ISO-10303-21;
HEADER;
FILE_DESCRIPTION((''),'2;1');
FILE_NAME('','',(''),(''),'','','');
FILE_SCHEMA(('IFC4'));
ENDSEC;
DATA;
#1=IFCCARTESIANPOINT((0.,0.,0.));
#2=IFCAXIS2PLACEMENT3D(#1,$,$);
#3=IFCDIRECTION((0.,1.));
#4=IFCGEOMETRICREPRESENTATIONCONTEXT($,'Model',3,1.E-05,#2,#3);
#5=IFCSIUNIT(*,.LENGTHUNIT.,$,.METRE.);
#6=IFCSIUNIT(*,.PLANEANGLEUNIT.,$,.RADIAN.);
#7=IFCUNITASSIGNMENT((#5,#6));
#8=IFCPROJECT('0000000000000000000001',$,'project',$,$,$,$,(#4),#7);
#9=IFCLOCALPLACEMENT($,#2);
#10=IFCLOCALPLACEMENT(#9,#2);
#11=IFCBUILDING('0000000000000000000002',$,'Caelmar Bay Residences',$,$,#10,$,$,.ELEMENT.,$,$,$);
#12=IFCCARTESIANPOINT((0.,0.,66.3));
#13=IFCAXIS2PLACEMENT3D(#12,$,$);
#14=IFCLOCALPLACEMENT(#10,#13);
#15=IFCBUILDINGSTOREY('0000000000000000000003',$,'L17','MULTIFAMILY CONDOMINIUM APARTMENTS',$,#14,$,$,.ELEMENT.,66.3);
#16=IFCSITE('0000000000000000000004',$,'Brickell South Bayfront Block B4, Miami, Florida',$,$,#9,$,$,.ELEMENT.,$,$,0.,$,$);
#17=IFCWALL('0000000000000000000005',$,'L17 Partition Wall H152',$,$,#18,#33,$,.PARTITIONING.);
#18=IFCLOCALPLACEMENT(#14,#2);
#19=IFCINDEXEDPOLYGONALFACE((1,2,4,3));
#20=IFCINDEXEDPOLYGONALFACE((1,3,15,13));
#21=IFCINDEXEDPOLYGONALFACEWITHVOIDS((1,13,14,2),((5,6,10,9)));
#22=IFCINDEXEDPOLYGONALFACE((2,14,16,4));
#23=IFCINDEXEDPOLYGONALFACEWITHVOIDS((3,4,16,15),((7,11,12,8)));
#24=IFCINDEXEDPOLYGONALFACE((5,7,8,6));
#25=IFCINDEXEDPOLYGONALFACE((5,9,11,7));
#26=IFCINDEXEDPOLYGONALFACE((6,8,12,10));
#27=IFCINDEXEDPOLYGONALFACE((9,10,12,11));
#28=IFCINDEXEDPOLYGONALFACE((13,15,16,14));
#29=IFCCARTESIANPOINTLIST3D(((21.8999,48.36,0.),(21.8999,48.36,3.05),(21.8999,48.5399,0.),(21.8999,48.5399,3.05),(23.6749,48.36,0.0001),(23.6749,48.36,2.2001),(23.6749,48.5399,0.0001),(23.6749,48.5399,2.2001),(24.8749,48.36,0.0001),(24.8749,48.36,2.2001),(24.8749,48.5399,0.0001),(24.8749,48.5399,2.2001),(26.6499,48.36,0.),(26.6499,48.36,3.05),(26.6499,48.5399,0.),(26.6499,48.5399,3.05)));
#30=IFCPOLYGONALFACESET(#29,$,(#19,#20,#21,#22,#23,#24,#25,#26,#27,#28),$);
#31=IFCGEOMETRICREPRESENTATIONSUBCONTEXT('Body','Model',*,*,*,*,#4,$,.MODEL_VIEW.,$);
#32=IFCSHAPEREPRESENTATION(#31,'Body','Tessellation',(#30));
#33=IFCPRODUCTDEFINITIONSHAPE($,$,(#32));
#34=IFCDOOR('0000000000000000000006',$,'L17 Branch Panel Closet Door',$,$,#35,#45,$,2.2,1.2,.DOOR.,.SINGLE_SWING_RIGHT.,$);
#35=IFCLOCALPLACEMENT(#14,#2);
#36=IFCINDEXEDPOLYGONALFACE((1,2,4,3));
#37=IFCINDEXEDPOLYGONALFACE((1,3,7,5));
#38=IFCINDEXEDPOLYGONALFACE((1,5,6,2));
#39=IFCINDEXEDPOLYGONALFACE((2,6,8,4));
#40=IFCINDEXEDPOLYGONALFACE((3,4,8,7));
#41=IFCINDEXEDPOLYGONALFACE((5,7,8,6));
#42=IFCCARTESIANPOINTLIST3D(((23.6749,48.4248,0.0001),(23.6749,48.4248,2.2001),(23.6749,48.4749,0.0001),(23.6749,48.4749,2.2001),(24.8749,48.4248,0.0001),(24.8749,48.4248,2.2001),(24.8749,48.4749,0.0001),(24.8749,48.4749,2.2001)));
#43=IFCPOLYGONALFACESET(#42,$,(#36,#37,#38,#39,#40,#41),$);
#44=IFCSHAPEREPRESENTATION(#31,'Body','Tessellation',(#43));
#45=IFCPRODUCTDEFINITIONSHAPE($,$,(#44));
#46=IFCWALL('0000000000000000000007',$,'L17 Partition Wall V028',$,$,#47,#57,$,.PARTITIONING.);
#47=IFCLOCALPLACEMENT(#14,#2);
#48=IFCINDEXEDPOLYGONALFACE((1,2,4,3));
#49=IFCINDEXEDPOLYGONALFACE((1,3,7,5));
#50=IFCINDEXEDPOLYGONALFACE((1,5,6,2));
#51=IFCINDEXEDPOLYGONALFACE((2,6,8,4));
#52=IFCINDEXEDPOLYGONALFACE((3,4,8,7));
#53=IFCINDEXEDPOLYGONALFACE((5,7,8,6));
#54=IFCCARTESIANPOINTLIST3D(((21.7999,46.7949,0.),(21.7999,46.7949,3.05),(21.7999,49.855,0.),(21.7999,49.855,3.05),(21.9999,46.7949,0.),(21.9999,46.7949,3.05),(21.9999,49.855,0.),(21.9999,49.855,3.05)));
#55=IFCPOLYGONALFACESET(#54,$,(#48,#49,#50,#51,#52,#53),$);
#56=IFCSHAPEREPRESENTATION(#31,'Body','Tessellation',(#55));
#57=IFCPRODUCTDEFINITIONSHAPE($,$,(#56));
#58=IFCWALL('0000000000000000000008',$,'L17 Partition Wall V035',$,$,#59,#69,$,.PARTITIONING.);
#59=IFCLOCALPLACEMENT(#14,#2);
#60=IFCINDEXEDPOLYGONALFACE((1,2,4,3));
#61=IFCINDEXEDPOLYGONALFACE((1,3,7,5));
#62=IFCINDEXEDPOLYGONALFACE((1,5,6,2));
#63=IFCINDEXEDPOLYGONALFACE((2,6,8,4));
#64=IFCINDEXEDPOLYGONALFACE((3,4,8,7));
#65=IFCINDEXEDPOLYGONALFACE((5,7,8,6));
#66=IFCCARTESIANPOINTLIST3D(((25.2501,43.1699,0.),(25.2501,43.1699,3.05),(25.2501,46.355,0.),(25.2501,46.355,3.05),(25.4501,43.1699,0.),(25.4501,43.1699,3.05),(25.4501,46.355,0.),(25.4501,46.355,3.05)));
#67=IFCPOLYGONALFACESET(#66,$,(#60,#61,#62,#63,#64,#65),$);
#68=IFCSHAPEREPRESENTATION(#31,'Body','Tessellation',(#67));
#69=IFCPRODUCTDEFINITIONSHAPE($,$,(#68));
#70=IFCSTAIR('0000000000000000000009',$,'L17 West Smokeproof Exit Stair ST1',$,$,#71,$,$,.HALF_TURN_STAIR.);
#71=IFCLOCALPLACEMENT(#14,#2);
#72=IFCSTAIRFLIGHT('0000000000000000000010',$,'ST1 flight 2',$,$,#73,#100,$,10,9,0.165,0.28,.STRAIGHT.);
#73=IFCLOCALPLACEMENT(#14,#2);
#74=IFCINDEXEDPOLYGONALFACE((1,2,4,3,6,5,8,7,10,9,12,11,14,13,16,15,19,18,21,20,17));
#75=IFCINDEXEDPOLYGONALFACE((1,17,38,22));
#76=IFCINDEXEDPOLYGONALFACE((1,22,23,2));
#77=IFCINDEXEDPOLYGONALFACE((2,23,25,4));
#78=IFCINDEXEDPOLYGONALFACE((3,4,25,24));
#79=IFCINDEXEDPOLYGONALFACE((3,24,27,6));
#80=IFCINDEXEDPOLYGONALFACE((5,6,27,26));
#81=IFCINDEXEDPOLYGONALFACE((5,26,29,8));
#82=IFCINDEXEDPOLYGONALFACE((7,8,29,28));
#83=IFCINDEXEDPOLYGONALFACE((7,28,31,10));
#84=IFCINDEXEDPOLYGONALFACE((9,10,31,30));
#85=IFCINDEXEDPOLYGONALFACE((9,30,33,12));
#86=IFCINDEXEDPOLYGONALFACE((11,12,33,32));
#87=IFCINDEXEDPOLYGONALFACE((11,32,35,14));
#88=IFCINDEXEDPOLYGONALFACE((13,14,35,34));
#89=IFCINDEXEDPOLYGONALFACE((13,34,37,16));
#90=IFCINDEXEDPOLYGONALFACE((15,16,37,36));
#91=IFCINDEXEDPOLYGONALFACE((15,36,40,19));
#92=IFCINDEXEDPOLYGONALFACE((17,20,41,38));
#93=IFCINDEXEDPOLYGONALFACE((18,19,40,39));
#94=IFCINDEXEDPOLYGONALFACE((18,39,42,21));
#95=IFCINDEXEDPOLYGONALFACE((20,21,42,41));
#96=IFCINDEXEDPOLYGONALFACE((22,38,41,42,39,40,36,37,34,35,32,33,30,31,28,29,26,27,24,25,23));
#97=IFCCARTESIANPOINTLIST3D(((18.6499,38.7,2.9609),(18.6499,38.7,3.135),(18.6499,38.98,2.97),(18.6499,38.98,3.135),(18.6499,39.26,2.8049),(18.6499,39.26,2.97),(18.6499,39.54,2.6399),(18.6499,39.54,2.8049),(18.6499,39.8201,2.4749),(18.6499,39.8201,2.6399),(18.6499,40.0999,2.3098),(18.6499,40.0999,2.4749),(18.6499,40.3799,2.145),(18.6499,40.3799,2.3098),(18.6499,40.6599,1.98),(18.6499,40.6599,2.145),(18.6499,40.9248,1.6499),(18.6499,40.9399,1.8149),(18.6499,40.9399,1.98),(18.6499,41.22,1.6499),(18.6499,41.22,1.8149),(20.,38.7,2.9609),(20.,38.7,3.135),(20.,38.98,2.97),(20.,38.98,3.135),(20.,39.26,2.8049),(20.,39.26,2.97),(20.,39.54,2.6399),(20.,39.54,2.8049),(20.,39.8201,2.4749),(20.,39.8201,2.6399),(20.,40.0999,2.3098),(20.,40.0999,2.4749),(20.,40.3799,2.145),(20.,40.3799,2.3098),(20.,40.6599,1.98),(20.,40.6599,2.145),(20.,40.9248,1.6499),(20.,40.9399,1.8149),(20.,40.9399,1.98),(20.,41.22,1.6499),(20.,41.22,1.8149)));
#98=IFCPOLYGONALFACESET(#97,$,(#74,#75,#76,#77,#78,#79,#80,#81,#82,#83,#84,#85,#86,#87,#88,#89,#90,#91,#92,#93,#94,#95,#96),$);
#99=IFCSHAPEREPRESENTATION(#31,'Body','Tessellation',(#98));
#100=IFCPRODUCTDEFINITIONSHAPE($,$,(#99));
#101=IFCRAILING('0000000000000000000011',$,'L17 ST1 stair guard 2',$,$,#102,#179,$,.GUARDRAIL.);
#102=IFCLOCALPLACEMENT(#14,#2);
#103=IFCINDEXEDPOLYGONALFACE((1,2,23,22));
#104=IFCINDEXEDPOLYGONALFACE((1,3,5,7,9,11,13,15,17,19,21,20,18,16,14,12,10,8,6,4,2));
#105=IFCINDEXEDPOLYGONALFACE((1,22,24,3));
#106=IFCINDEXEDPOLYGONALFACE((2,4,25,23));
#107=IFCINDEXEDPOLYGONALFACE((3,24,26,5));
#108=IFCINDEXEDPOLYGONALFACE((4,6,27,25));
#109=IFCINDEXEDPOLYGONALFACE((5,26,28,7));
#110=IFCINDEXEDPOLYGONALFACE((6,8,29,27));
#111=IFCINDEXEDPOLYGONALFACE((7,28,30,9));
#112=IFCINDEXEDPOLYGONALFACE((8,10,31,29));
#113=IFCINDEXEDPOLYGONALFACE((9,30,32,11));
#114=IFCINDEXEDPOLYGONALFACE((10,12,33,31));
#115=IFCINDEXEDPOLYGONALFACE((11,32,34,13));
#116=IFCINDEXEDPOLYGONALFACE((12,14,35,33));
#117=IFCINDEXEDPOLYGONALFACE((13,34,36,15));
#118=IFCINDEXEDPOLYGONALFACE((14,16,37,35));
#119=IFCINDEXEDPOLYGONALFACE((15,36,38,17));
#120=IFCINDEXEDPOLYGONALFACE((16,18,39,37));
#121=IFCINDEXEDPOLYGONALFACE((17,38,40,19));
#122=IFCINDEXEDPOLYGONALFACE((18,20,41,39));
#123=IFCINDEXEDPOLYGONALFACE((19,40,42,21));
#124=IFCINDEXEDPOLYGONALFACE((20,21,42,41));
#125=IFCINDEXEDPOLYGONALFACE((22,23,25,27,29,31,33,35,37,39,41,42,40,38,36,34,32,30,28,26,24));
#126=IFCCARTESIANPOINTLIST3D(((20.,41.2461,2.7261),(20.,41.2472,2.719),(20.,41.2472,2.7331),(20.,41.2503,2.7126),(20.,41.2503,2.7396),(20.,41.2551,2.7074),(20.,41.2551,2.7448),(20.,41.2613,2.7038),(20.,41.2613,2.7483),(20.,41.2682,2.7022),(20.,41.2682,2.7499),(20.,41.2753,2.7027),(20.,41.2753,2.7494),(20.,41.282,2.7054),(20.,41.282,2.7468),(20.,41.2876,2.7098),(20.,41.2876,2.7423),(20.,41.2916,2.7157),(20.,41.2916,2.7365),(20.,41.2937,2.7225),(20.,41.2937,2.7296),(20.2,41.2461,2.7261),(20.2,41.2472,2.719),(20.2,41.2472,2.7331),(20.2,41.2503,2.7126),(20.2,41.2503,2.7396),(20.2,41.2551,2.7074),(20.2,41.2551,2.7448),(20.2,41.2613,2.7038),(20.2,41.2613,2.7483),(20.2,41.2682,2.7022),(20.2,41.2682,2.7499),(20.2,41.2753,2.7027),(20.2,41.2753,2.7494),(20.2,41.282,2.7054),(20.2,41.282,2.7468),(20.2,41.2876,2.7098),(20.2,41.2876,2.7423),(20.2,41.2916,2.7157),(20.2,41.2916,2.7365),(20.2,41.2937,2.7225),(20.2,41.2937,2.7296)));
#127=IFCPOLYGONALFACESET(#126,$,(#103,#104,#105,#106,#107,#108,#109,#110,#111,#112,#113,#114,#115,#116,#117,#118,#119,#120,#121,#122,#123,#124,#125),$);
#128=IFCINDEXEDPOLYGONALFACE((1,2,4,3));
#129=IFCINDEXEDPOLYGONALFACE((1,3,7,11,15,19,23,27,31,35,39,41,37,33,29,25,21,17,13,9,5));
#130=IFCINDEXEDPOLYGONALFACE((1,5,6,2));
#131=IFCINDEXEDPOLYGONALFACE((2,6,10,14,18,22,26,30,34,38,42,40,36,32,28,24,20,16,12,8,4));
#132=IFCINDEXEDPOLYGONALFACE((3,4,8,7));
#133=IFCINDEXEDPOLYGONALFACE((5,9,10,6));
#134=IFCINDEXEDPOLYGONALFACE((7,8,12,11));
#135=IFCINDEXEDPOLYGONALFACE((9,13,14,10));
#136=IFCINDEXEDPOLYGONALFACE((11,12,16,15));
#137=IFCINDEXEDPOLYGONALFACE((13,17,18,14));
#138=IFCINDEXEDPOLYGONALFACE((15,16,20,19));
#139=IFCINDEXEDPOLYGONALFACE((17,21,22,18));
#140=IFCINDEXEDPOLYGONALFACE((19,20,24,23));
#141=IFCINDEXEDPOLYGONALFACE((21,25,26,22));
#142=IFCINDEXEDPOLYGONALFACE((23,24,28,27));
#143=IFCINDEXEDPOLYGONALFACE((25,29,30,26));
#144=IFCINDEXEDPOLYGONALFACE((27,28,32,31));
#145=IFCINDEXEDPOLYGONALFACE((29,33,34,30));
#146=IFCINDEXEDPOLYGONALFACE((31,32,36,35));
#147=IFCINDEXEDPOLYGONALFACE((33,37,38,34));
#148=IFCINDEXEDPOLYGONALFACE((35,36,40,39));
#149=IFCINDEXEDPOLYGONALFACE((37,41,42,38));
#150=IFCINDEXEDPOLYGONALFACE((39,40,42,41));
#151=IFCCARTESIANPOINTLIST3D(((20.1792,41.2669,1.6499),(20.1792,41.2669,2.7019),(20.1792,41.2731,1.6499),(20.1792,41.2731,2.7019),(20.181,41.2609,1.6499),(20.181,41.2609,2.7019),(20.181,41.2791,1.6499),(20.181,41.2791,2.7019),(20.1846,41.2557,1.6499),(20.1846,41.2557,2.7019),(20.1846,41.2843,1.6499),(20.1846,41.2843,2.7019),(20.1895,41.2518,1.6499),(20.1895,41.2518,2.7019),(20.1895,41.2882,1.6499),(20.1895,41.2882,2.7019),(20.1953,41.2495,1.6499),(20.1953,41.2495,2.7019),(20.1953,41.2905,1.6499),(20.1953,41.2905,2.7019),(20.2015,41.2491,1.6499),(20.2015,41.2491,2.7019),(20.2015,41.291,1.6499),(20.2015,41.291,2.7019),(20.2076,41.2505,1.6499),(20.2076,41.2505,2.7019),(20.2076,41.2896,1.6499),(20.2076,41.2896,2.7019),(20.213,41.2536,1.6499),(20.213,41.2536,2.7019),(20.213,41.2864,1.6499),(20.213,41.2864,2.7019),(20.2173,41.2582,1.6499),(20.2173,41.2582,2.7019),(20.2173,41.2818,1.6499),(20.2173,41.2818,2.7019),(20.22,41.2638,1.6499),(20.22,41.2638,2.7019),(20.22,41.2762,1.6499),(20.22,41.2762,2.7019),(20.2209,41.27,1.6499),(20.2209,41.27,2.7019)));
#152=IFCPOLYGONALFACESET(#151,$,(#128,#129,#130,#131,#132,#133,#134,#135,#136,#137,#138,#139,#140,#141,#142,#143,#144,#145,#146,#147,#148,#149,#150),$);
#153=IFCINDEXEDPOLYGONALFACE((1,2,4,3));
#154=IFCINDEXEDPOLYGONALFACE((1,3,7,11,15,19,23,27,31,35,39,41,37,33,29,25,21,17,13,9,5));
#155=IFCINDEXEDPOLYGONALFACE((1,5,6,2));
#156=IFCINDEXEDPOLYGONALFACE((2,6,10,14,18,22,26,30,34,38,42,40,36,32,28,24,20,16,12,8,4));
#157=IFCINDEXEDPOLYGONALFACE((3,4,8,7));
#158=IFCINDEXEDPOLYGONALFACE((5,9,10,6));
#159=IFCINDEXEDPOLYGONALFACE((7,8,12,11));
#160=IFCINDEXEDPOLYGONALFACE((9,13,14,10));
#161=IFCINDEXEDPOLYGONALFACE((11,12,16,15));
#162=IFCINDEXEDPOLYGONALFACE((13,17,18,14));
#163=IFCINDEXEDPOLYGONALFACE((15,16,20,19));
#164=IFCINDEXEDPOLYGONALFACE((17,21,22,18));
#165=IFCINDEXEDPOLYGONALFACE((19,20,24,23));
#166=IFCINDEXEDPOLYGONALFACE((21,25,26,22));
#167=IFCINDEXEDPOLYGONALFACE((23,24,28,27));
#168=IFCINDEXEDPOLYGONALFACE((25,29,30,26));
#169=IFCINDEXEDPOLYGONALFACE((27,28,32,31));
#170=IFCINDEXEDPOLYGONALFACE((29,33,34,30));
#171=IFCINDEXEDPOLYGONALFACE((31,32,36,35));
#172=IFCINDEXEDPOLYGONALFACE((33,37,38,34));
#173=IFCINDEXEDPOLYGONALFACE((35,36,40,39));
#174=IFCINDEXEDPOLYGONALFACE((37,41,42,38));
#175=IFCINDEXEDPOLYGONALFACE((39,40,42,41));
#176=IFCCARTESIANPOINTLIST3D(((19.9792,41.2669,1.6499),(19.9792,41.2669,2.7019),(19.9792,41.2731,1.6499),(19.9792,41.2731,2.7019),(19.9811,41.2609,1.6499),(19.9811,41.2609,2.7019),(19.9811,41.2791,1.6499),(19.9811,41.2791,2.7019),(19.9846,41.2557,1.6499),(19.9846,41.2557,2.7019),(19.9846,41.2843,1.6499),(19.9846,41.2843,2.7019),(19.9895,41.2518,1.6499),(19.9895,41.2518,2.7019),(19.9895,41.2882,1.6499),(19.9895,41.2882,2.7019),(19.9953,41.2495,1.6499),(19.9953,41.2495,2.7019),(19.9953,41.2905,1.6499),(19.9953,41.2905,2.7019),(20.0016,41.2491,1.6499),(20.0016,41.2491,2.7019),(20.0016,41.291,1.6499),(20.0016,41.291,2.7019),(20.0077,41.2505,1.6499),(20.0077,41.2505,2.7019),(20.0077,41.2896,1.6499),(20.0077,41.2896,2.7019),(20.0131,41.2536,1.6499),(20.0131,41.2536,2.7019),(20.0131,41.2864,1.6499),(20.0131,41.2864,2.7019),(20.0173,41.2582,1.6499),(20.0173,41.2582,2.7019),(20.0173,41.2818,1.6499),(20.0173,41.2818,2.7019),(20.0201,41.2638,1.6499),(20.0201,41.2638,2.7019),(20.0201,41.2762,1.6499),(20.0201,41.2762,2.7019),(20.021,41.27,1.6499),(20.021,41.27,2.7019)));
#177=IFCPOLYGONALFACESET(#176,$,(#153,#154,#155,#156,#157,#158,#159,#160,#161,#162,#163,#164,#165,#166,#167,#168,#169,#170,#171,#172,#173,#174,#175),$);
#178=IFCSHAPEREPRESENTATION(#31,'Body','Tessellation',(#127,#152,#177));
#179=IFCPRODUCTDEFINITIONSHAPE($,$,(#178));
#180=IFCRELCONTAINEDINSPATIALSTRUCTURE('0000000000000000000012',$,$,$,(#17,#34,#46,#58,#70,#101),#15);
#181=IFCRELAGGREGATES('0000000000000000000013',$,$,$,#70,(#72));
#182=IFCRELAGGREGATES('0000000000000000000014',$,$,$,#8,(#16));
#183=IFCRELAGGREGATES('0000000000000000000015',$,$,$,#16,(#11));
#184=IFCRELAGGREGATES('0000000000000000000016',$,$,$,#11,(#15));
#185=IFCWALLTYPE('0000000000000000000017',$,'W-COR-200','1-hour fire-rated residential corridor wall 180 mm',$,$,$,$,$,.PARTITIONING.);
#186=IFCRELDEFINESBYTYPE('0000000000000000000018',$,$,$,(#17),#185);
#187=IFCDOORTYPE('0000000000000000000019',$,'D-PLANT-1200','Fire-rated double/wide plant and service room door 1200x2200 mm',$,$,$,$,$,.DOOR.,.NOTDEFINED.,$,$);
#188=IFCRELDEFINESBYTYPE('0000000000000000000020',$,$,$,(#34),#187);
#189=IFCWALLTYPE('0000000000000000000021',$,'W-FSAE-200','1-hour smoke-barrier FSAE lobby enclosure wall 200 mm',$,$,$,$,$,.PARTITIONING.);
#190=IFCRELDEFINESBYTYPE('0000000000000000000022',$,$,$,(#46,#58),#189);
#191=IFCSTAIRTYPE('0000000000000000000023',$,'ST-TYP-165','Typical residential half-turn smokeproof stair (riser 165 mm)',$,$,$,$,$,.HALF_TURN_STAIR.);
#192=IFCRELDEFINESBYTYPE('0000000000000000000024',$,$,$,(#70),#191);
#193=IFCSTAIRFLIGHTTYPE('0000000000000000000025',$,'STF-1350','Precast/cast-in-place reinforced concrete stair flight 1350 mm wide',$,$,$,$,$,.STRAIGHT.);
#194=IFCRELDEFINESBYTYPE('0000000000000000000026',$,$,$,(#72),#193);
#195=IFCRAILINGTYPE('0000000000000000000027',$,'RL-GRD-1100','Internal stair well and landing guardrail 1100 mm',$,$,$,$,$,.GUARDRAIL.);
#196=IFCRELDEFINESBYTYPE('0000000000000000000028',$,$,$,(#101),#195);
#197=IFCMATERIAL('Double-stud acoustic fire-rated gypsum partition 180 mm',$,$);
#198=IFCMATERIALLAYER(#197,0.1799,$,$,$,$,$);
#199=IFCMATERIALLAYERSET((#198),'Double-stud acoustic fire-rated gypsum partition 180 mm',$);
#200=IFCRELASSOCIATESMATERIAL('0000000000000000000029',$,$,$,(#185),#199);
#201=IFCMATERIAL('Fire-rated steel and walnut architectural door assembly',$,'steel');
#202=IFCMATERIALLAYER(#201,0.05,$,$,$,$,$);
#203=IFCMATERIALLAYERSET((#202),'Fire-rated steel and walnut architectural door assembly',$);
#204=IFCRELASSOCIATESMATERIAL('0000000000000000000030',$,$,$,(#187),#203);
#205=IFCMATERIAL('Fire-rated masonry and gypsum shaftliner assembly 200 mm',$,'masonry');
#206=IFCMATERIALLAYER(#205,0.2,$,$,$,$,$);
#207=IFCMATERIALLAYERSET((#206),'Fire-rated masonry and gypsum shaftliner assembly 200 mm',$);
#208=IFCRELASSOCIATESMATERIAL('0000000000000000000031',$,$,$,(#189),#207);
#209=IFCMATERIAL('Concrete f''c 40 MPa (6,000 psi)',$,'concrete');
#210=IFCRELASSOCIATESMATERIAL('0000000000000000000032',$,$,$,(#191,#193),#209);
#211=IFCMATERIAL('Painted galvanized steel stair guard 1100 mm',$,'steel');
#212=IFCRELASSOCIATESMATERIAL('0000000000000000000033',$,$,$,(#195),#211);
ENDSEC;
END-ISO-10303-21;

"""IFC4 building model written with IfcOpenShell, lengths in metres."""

from ifc_helpers import new_model, si_unit, direction, frame, frame_2d, origin, origin_2d, place, context, subcontext, project, spatial, polyline, rectangle, circle, outline, extrude, material, layer, layer_set, type_object, element, fill, aggregate, save


model = new_model("IFC4")

# Units and contexts
model_context = context("Model", 3, precision=1e-05, world=origin(), true_north=direction((0.0, 1.0)))
body_context = subcontext(model_context, "Body", "Model", "MODEL_VIEW")
ifc_project = project(units=[si_unit("LENGTHUNIT", "METRE"), si_unit("PLANEANGLEUNIT", "RADIAN")], contexts=[model_context])

# Site, building, storey
site_placement = place(None, origin())
site = spatial("IfcSite", under=ifc_project, at=site_placement, Name="Brickell South Bayfront Block B4, Miami, Florida", CompositionType="ELEMENT", RefElevation=0.0)
building_placement = place(site_placement, origin())
building = spatial("IfcBuilding", under=site, at=building_placement, Name="Caelmar Bay Residences", CompositionType="ELEMENT")
storey_placement = place(building_placement, frame((0.0, 0.0, 66.3)))
storey = spatial("IfcBuildingStorey", under=building, at=storey_placement, Name="L17", Description="MULTIFAMILY CONDOMINIUM APARTMENTS", CompositionType="ELEMENT", Elevation=66.3)

# Shared definitions
ifc_material_1 = material(Name="Fire-rated steel and walnut architectural door assembly", Category="steel")

# Wall, opening, door
ifc_material_2 = material(Name="Double-stud acoustic fire-rated gypsum partition 180 mm")
ifc_layer_1 = layer(ifc_material_2, 0.1799)
ifc_layer_set_1 = layer_set([ifc_layer_1], Name="Double-stud acoustic fire-rated gypsum partition 180 mm")
wall_type_1 = type_object("IfcWallType", Name="W-COR-200", Description="1-hour fire-rated residential corridor wall 180 mm", PredefinedType="PARTITIONING", material=ifc_layer_set_1)
wall_1_placement = place(storey_placement, frame((21.8999, 48.45, 0.0), z_axis=(0.0, 0.0, 1.0), x_axis=(1.0, 0.0, 0.0)))
wall_1 = element("IfcWall", 1, at=wall_1_placement, inside=storey, type_object=wall_type_1, Name="L17 Partition Wall H152", PredefinedType="PARTITIONING", context=body_context, shape_type="SweptSolid", body=[
    extrude(rectangle(XDim=4.75, YDim=0.1799, at=frame_2d((2.375, 0.0))), origin(), (0.0, 0.0, 1.0), 3.05),
])
opening_1_placement = place(wall_1_placement, frame((1.7749, 0.0, 0.0)))
opening_1 = element("IfcOpeningElement", 2, at=opening_1_placement, cuts=wall_1, PredefinedType="OPENING", context=body_context, shape_type="SweptSolid", body=[
    extrude(rectangle(XDim=1.2, YDim=2.2, at=frame_2d((0.6001, 1.1001))), frame((0.0, 0.0999, 0.0), z_axis=(0.0, -1.0, 0.0), x_axis=(1.0, 0.0, 0.0)), (0.0, 0.0, 1.0), 0.2),
])
ifc_layer_2 = layer(ifc_material_1, 0.05)
ifc_layer_set_2 = layer_set([ifc_layer_2], Name="Fire-rated steel and walnut architectural door assembly")
door_type_1 = type_object("IfcDoorType", Name="D-PLANT-1200", Description="Fire-rated double/wide plant and service room door 1200x2200 mm", OperationType="NOTDEFINED", PredefinedType="DOOR", material=ifc_layer_set_2)
door_1_placement = place(opening_1_placement, origin())
door_1 = element("IfcDoor", 3, at=door_1_placement, inside=storey, type_object=door_type_1, Name="L17 Branch Panel Closet Door", OperationType="SINGLE_SWING_RIGHT", OverallHeight=2.2, OverallWidth=1.2, PredefinedType="DOOR", context=body_context, shape_type="SweptSolid", body=[
    extrude(rectangle(XDim=1.2, YDim=2.2, at=frame_2d((0.6001, 1.1001))), frame((0.0, 0.0249, 0.0), z_axis=(0.0, -1.0, 0.0), x_axis=(1.0, 0.0, 0.0)), (0.0, 0.0, 1.0), 0.05),
])
fill(opening_1, door_1)

# Walls
ifc_material_3 = material(Name="Fire-rated masonry and gypsum shaftliner assembly 200 mm", Category="masonry")
ifc_layer_3 = layer(ifc_material_3, 0.2)
ifc_layer_set_3 = layer_set([ifc_layer_3], Name="Fire-rated masonry and gypsum shaftliner assembly 200 mm")
wall_type_2 = type_object("IfcWallType", Name="W-FSAE-200", Description="1-hour smoke-barrier FSAE lobby enclosure wall 200 mm", PredefinedType="PARTITIONING", material=ifc_layer_set_3)
wall_2_placement = place(storey_placement, frame((21.8999, 46.7949, 0.0), z_axis=(0.0, 0.0, 1.0), x_axis=(0.0, 1.0, 0.0)))
element("IfcWall", 4, at=wall_2_placement, inside=storey, type_object=wall_type_2, Name="L17 Partition Wall V028", PredefinedType="PARTITIONING", context=body_context, shape_type="SweptSolid", body=[
    extrude(rectangle(XDim=3.0601, YDim=0.2, at=frame_2d((1.53, 0.0))), origin(), (0.0, 0.0, 1.0), 3.05),
])
wall_3_placement = place(storey_placement, frame((25.3501, 43.1699, 0.0), z_axis=(0.0, 0.0, 1.0), x_axis=(0.0, 1.0, 0.0)))
element("IfcWall", 5, at=wall_3_placement, inside=storey, type_object=wall_type_2, Name="L17 Partition Wall V035", PredefinedType="PARTITIONING", context=body_context, shape_type="SweptSolid", body=[
    extrude(rectangle(XDim=3.1851, YDim=0.2, at=frame_2d((1.5925, 0.0))), origin(), (0.0, 0.0, 1.0), 3.05),
])

# Stair, stair flight
ifc_material_4 = material(Name="Concrete f'c 40 MPa (6,000 psi)", Category="concrete")
stair_type = type_object("IfcStairType", Name="ST-TYP-165", Description="Typical residential half-turn smokeproof stair (riser 165 mm)", PredefinedType="HALF_TURN_STAIR", material=ifc_material_4)
stair_placement = place(storey_placement, origin())
stair = element("IfcStair", 6, at=stair_placement, inside=storey, type_object=stair_type, Name="L17 West Smokeproof Exit Stair ST1", PredefinedType="HALF_TURN_STAIR")
stair_flight_type = type_object("IfcStairFlightType", Name="STF-1350", Description="Precast/cast-in-place reinforced concrete stair flight 1350 mm wide", PredefinedType="STRAIGHT", material=ifc_material_4)
stair_flight_placement = place(storey_placement, frame((19.325, 41.22, 1.6499), z_axis=(0.0, 0.0, 1.0), x_axis=(0.0, -1.0, 0.0)))
stair_flight = element("IfcStairFlight", 7, at=stair_flight_placement, type_object=stair_flight_type, Name="ST1 flight 2", NumberOfRisers=10, NumberOfTreads=9, PredefinedType="STRAIGHT", RiserHeight=0.165, TreadLength=0.28, context=body_context, shape_type="SweptSolid", body=[
    extrude(outline(polyline([(0.0, 0.0), (0.0, 0.165), (0.28, 0.165), (0.28, 0.3301), (0.5601, 0.3301), (0.5601, 0.4951), (0.8401, 0.4951), (0.8401, 0.6599), (1.1201, 0.6599), (1.1201, 0.825), (1.3999, 0.825), (1.3999, 0.99), (1.6799, 0.99), (1.6799, 1.155), (1.96, 1.155), (1.96, 1.3201), (2.24, 1.3201), (2.24, 1.4851), (2.52, 1.4851), (2.52, 1.6499), (2.52, 1.311), (0.2952, 0.0), (0.0, 0.0)])), frame((0.0, 0.675, 0.0), z_axis=(0.0, -1.0, 0.0), x_axis=(1.0, 0.0, 0.0)), (0.0, 0.0, 1.0), 1.3501),
])
aggregate(stair, [stair_flight])

# Railing
ifc_material_5 = material(Name="Painted galvanized steel stair guard 1100 mm", Category="steel")
railing_type_1 = type_object("IfcRailingType", Name="RL-GRD-1100", Description="Internal stair well and landing guardrail 1100 mm", PredefinedType="GUARDRAIL", material=ifc_material_5)
railing_1_placement = place(storey_placement, frame((20.2, 41.27, 1.6499)))
element("IfcRailing", 8, at=railing_1_placement, inside=storey, type_object=railing_type_1, Name="L17 ST1 stair guard 2", PredefinedType="GUARDRAIL", context=body_context, shape_type="SweptSolid", body=[
    extrude(circle(Radius=0.0239, at=origin_2d()), frame((0.0, 0.0, 1.0762), z_axis=(-1.0, 0.0, 0.0), x_axis=(0.0, -1.0, 0.0)), (0.0, 0.0, 1.0), 0.2),
    extrude(circle(Radius=0.021, at=origin_2d()), origin(), (0.0, 0.0, 1.0), 1.052),
    extrude(circle(Radius=0.021, at=origin_2d()), frame((-0.2, 0.0, 0.0)), (0.0, 0.0, 1.0), 1.052),
])

save(model, "model.ifc")
